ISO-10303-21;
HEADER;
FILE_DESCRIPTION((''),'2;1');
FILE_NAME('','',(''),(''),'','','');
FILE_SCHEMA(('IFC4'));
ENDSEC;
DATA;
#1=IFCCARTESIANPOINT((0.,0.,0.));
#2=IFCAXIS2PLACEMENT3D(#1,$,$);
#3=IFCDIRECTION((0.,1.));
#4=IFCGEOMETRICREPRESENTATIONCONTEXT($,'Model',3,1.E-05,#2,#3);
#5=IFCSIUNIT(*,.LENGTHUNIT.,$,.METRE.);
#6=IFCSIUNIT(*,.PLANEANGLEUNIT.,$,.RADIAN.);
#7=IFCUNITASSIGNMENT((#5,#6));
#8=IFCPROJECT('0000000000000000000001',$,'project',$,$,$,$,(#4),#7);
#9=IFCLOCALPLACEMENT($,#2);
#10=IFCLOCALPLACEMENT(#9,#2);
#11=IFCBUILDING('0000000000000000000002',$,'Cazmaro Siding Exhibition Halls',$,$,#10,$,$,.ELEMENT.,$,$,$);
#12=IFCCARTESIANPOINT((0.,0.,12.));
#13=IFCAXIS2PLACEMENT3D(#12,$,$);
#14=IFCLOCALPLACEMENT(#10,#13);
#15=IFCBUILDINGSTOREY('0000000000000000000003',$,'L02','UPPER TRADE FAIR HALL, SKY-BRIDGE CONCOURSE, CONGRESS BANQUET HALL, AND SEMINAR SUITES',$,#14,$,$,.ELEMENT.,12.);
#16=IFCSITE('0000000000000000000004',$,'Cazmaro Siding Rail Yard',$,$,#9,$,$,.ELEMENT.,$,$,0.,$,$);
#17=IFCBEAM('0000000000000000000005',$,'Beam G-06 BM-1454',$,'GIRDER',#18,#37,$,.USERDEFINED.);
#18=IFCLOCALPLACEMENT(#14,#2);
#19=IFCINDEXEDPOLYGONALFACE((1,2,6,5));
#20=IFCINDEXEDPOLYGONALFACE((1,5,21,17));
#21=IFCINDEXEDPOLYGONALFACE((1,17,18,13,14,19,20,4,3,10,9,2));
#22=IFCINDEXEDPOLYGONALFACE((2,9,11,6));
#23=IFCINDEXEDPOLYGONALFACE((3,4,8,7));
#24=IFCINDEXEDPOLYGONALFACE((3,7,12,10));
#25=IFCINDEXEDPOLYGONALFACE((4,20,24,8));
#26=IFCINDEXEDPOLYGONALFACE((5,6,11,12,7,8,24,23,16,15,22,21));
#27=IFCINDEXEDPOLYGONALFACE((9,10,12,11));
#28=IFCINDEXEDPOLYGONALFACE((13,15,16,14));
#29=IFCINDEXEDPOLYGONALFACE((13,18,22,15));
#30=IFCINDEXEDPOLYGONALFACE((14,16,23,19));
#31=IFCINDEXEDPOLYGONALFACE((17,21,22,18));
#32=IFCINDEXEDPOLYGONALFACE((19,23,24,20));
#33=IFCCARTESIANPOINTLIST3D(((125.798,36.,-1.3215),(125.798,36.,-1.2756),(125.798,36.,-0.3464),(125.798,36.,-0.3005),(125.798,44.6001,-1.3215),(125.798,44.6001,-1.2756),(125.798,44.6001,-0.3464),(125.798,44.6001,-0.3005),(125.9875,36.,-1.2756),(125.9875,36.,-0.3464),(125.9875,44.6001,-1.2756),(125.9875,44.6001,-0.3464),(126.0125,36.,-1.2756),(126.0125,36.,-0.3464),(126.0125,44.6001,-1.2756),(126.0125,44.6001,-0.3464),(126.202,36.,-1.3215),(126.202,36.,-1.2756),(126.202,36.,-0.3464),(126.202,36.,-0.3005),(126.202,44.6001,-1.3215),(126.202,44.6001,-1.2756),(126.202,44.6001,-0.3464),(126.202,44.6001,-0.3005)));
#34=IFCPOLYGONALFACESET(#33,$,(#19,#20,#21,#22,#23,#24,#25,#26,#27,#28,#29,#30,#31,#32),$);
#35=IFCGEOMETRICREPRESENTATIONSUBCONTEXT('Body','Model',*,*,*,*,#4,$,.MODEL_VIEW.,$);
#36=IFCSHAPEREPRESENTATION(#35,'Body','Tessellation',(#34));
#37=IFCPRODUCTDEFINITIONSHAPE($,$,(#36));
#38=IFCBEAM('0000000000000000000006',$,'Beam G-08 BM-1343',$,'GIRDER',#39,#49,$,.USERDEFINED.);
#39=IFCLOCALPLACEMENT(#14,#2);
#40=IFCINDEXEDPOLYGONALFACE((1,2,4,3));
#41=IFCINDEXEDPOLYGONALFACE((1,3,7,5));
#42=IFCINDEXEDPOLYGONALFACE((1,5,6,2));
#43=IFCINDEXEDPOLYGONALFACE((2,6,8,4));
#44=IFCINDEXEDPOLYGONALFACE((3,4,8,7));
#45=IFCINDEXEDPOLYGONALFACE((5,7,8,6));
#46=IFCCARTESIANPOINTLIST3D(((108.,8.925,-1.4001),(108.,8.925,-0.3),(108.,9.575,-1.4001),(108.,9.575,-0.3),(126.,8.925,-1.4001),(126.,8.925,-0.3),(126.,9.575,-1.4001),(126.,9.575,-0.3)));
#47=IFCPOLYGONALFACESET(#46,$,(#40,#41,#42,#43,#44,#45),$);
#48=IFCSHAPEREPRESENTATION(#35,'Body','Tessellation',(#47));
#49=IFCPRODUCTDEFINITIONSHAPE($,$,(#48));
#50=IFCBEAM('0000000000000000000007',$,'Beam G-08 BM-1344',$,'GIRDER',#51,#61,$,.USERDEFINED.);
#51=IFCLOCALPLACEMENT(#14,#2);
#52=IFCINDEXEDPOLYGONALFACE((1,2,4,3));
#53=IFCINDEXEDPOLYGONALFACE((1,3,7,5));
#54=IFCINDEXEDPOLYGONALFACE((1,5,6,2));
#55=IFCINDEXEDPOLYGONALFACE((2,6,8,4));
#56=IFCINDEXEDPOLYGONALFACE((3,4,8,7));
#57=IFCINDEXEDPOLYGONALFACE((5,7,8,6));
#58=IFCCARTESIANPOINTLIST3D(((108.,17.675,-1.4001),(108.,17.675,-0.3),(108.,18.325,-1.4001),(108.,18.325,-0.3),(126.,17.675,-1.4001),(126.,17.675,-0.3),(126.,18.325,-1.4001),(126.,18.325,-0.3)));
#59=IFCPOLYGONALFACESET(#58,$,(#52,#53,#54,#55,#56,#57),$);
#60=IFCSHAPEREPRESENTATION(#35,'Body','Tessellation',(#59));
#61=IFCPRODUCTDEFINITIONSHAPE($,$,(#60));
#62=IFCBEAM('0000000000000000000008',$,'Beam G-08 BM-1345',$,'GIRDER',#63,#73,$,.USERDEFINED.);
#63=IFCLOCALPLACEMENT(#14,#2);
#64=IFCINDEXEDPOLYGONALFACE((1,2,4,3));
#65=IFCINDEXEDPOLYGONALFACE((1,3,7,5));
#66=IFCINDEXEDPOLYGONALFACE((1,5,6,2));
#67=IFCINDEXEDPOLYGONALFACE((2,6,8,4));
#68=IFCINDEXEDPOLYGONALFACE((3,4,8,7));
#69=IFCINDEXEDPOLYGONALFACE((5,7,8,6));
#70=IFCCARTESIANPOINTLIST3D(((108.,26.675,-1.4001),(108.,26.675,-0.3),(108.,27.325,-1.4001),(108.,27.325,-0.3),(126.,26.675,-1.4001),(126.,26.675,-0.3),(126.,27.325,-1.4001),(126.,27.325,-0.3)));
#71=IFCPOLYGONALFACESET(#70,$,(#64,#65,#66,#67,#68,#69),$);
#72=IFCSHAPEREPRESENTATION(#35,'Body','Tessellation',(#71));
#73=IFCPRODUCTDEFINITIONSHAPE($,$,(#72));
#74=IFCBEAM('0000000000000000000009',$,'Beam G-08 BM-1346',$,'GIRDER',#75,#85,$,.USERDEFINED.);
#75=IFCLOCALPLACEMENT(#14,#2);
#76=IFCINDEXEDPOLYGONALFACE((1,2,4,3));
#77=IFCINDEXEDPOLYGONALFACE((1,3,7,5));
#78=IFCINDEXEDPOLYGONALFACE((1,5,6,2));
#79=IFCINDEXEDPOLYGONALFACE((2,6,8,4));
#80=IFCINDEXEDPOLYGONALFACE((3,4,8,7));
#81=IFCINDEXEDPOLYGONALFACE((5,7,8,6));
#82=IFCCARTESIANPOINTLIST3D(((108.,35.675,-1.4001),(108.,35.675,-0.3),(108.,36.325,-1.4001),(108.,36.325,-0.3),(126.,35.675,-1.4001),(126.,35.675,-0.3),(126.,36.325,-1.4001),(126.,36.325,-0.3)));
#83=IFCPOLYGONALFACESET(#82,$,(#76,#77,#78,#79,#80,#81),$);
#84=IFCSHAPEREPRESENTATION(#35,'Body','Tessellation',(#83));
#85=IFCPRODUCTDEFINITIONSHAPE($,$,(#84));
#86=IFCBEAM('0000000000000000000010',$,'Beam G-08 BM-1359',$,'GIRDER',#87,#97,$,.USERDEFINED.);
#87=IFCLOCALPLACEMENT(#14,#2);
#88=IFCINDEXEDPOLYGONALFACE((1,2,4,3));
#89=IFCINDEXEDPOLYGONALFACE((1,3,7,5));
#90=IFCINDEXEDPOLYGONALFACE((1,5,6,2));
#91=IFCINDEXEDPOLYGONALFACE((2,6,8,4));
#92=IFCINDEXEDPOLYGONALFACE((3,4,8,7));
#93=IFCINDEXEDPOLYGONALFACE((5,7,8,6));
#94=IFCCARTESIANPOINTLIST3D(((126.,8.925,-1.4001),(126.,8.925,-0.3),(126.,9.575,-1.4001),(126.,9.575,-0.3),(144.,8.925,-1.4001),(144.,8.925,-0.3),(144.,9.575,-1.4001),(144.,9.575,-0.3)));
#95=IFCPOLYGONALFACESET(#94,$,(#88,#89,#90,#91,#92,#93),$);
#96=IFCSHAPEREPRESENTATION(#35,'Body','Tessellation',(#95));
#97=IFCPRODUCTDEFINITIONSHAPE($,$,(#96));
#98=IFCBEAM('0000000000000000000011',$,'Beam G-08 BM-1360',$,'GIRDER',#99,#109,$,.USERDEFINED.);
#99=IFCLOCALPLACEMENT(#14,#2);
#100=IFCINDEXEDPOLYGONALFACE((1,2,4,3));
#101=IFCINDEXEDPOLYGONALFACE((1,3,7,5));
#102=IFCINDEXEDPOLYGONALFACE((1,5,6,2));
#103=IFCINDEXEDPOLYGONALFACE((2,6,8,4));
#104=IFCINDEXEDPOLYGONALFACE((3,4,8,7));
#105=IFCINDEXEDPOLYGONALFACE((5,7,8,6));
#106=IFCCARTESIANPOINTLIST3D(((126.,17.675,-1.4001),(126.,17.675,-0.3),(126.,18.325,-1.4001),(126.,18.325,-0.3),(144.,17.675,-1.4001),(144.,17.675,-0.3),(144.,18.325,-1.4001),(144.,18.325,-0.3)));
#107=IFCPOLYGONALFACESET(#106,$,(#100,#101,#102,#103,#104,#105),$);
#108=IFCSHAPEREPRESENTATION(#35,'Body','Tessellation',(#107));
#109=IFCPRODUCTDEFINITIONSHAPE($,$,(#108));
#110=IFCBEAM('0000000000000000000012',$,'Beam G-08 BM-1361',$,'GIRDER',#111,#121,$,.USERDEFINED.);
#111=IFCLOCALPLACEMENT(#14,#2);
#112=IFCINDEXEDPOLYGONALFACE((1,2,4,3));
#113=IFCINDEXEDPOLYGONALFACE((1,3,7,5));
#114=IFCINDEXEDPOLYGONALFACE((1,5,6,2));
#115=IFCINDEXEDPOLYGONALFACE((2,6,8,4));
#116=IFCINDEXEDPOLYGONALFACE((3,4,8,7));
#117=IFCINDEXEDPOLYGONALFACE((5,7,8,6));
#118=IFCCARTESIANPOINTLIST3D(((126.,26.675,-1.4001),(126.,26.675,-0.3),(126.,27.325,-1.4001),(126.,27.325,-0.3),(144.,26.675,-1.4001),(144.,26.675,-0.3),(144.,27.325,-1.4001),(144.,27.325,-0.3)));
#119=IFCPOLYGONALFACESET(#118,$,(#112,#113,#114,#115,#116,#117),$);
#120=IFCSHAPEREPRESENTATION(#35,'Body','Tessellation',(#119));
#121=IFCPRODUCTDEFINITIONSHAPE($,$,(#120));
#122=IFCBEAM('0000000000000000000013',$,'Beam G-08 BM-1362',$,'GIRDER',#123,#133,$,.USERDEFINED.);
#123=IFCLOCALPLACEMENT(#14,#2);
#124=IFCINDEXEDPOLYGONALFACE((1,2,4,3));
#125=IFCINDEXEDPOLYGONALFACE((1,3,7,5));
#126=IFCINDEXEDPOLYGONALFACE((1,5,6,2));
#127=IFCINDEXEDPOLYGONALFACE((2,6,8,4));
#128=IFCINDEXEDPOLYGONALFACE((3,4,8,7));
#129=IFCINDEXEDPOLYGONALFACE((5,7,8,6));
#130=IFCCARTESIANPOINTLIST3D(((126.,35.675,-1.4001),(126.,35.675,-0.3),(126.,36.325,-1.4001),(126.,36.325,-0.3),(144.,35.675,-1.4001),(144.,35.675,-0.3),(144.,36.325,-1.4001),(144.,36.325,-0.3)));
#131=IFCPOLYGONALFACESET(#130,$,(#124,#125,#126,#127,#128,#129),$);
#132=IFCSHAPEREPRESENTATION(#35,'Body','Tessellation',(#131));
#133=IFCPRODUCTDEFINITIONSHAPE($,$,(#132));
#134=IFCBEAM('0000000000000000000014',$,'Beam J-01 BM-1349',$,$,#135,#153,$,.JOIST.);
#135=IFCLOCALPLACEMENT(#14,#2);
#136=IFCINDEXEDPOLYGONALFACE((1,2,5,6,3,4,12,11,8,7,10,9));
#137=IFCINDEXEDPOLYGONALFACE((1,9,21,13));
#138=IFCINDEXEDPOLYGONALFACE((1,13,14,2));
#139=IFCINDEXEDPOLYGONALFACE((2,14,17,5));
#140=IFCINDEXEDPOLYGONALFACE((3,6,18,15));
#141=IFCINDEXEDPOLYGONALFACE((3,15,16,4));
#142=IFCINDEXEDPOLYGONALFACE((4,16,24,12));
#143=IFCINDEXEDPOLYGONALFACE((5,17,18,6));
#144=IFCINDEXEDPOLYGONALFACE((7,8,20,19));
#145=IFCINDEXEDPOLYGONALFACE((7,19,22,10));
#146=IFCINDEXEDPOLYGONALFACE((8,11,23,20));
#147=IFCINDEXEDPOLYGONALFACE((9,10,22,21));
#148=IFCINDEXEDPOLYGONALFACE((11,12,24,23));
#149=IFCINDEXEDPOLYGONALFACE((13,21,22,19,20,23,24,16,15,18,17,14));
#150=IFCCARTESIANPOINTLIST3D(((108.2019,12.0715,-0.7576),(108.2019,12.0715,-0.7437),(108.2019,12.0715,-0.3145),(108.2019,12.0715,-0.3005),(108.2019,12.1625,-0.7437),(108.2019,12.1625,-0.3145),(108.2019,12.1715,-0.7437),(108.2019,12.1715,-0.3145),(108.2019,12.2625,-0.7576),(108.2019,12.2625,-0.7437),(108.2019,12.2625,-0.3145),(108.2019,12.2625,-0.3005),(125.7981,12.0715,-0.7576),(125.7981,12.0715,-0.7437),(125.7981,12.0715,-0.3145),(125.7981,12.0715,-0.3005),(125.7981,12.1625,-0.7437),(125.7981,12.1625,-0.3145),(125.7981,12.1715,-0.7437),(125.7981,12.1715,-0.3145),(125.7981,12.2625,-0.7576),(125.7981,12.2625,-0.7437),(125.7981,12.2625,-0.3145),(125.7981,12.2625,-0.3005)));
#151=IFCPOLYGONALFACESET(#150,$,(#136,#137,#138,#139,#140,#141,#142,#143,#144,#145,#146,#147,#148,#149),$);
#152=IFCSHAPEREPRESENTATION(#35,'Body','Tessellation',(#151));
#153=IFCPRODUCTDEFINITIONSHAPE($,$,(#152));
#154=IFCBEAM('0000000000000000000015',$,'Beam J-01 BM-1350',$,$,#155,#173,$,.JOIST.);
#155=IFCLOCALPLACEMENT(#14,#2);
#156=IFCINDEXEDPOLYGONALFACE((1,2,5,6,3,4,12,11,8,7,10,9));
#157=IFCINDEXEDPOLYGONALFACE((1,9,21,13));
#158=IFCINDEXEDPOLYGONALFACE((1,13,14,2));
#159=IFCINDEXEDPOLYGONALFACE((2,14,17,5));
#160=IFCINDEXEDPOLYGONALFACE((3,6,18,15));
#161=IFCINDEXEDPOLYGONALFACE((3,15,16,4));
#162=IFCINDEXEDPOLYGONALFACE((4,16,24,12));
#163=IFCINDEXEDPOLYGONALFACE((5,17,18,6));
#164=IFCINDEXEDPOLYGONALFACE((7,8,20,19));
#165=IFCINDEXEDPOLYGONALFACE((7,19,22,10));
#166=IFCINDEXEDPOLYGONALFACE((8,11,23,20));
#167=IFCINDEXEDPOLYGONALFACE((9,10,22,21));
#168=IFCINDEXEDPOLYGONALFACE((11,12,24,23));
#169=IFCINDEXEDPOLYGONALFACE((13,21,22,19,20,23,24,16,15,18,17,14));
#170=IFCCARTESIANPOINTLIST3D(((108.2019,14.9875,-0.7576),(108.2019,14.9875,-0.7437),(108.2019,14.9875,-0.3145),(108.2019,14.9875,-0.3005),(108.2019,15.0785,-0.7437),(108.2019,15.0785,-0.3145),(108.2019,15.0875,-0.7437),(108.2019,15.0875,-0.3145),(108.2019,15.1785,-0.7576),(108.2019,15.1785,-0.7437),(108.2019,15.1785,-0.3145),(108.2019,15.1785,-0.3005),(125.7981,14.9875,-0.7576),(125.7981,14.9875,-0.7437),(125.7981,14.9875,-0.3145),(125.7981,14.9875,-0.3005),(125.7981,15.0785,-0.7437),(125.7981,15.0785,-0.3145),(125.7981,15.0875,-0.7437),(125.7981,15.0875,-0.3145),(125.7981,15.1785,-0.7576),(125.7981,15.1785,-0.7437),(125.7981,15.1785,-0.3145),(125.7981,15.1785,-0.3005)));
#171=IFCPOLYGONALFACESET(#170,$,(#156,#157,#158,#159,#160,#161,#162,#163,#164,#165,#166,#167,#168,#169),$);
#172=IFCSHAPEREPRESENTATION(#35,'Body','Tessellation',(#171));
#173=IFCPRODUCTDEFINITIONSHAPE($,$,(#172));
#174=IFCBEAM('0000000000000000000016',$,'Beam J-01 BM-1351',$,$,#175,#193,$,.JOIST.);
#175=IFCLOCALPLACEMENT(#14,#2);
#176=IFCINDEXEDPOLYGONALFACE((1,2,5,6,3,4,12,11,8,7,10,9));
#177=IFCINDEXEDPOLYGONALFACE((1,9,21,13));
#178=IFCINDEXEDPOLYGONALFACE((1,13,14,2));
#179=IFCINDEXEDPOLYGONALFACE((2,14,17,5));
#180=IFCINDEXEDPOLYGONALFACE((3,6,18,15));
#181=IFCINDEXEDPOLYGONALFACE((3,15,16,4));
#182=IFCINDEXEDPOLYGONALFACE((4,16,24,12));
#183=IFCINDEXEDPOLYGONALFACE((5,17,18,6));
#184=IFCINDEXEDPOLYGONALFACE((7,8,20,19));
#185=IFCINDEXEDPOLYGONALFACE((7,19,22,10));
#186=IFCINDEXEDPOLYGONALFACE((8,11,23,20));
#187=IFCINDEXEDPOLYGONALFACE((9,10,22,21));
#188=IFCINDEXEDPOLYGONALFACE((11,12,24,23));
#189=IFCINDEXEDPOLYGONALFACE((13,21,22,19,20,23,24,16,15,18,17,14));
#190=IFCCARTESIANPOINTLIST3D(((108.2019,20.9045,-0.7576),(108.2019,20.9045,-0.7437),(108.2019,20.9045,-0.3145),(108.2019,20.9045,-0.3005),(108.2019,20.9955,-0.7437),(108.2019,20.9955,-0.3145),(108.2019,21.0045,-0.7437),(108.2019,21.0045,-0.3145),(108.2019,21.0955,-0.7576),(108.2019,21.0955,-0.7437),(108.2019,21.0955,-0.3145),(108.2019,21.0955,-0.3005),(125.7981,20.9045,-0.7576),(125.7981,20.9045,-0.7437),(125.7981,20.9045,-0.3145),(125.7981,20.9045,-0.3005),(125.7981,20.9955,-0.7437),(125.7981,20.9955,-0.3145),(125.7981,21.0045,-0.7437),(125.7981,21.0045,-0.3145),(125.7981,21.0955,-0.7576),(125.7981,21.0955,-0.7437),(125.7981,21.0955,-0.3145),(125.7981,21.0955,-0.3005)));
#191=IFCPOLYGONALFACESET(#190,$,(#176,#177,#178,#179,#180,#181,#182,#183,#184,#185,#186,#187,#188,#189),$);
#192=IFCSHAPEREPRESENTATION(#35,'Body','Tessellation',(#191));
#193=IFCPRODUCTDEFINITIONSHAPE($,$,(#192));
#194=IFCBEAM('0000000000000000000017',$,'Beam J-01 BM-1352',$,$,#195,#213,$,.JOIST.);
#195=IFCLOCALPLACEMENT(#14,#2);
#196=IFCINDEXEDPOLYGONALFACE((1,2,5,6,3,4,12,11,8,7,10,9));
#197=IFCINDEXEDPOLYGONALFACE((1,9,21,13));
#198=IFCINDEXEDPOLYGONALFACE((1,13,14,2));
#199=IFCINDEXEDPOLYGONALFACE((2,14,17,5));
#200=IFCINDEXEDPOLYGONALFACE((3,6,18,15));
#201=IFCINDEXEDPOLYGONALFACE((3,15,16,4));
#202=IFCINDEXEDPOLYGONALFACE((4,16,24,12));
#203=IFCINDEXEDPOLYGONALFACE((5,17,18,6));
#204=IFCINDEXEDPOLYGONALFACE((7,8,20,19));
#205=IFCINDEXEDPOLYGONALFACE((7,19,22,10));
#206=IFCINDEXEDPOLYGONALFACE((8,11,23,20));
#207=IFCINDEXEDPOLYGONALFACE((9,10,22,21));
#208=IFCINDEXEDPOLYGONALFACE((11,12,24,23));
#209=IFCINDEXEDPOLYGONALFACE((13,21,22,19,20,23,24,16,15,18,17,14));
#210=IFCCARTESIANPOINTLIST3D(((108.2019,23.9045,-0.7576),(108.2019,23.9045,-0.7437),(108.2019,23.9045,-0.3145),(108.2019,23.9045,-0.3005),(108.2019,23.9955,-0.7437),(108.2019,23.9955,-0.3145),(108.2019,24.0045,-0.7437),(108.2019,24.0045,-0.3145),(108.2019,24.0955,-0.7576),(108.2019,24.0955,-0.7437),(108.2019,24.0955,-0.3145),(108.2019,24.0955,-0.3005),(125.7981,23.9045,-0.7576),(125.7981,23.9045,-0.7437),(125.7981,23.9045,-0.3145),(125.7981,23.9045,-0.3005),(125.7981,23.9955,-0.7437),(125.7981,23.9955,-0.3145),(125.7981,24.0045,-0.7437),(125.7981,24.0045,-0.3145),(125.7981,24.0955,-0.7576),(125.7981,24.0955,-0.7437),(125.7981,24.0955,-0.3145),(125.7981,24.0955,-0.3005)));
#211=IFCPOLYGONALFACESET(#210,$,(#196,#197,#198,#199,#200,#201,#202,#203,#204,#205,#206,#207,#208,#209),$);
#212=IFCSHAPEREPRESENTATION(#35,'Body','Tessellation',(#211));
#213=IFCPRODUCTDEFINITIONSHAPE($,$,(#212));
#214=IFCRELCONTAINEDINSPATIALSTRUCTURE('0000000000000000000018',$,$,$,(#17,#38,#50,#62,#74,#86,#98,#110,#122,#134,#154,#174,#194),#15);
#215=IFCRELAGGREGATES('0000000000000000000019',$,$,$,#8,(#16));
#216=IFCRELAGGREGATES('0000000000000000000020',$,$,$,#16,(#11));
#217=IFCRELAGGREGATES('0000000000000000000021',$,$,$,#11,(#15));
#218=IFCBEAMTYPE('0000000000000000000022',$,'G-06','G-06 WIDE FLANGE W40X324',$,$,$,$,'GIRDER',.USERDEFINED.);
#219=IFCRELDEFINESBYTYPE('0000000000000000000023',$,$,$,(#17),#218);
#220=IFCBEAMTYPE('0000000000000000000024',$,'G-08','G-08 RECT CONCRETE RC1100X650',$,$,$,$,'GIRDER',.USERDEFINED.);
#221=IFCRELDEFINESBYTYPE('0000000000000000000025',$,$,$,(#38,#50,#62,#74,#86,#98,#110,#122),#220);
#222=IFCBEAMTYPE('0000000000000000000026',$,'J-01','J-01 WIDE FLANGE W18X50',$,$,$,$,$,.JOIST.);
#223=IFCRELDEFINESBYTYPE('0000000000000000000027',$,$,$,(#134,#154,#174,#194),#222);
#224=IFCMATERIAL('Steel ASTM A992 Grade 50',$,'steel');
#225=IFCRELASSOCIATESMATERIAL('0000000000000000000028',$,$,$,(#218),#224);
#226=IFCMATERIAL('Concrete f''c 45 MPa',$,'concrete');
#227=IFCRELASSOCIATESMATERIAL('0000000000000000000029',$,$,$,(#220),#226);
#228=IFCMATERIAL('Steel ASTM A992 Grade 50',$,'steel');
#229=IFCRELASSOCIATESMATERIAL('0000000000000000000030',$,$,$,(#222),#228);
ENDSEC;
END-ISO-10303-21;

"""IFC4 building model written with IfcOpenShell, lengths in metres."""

from ifc_helpers import new_model, si_unit, direction, frame, origin, origin_2d, place, context, subcontext, project, spatial, rectangle, i_section, extrude, material, material_profile, profile_set, type_object, element, save


model = new_model("IFC4")

# Units and contexts
model_context = context("Model", 3, precision=1e-05, world=origin(), true_north=direction((0.0, 1.0)))
body_context = subcontext(model_context, "Body", "Model", "MODEL_VIEW")
ifc_project = project(units=[si_unit("LENGTHUNIT", "METRE"), si_unit("PLANEANGLEUNIT", "RADIAN")], contexts=[model_context])

# Site, building, storey
site_placement = place(None, origin())
site = spatial("IfcSite", under=ifc_project, at=site_placement, Name="Cazmaro Siding Rail Yard", CompositionType="ELEMENT", RefElevation=0.0)
building_placement = place(site_placement, origin())
building = spatial("IfcBuilding", under=site, at=building_placement, Name="Cazmaro Siding Exhibition Halls", CompositionType="ELEMENT")
storey_placement = place(building_placement, frame((0.0, 0.0, 12.0)))
storey = spatial("IfcBuildingStorey", under=building, at=storey_placement, Name="L02", Description="UPPER TRADE FAIR HALL, SKY-BRIDGE CONCOURSE, CONGRESS BANQUET HALL, AND SEMINAR SUITES", CompositionType="ELEMENT", Elevation=12.0)

# Beams
ifc_material_1 = material(Name="Steel ASTM A992 Grade 50", Category="steel")
ifc_material_profile_1 = material_profile(ifc_material_1, i_section(OverallWidth=0.4041, OverallDepth=1.021, WebThickness=0.0249, FlangeThickness=0.0459, at=origin_2d()), Name="W40X324")
ifc_profile_set_1 = profile_set([ifc_material_profile_1], Name="Steel ASTM A992 Grade 50")
beam_type_1 = type_object("IfcBeamType", Name="G-06", Description="G-06 WIDE FLANGE W40X324", ElementType="GIRDER", PredefinedType="USERDEFINED", material=ifc_profile_set_1)
beam_1_placement = place(storey_placement, frame((126.0, 36.0, -0.811), z_axis=(0.0, 1.0, 0.0), x_axis=(-1.0, 0.0, 0.0)))
element("IfcBeam", 1, at=beam_1_placement, inside=storey, type_object=beam_type_1, Name="Beam G-06 BM-1454", ObjectType="GIRDER", PredefinedType="USERDEFINED", context=body_context, shape_type="SweptSolid", body=[
    extrude(i_section(OverallWidth=0.4041, OverallDepth=1.021, WebThickness=0.0249, FlangeThickness=0.0459, at=origin_2d()), origin(), (0.0, 0.0, 1.0), 8.6001),
])
ifc_material_2 = material(Name="Concrete f'c 45 MPa", Category="concrete")
ifc_material_profile_2 = material_profile(ifc_material_2, rectangle(XDim=0.6499, YDim=1.1001, at=origin_2d()), Name="RC1100X650")
ifc_profile_set_2 = profile_set([ifc_material_profile_2], Name="Concrete f'c 45 MPa")
beam_type_2 = type_object("IfcBeamType", Name="G-08", Description="G-08 RECT CONCRETE RC1100X650", ElementType="GIRDER", PredefinedType="USERDEFINED", material=ifc_profile_set_2)
for number, where, z_axis, x_axis, name in (
    (2, (108.0, 9.25, -0.8501), (1.0, 0.0, 0.0), (0.0, 1.0, 0.0), "Beam G-08 BM-1343"),
    (3, (108.0, 18.0, -0.8501), (1.0, 0.0, 0.0), (0.0, 1.0, 0.0), "Beam G-08 BM-1344"),
    (4, (108.0, 27.0, -0.8501), (1.0, 0.0, 0.0), (0.0, 1.0, 0.0), "Beam G-08 BM-1345"),
    (5, (108.0, 36.0, -0.8501), (1.0, 0.0, 0.0), (0.0, 1.0, 0.0), "Beam G-08 BM-1346"),
    (6, (126.0, 9.25, -0.8501), (1.0, 0.0, 0.0), (0.0, 1.0, 0.0), "Beam G-08 BM-1359"),
    (7, (126.0, 18.0, -0.8501), (1.0, 0.0, 0.0), (0.0, 1.0, 0.0), "Beam G-08 BM-1360"),
    (8, (126.0, 27.0, -0.8501), (1.0, 0.0, 0.0), (0.0, 1.0, 0.0), "Beam G-08 BM-1361"),
    (9, (126.0, 36.0, -0.8501), (1.0, 0.0, 0.0), (0.0, 1.0, 0.0), "Beam G-08 BM-1362"),
):
    element("IfcBeam", number, at=place(storey_placement, frame(where, z_axis=z_axis, x_axis=x_axis)), inside=storey, type_object=beam_type_2, Name=name, ObjectType="GIRDER", PredefinedType="USERDEFINED", context=body_context, shape_type="SweptSolid", body=[
        extrude(rectangle(XDim=0.6499, YDim=1.1001, at=origin_2d()), origin(), (0.0, 0.0, 1.0), 18.0),
    ])
ifc_material_3 = material(Name="Steel ASTM A992 Grade 50", Category="steel")
ifc_material_profile_3 = material_profile(ifc_material_3, i_section(OverallWidth=0.1909, OverallDepth=0.457, WebThickness=0.009, FlangeThickness=0.0139, at=origin_2d()), Name="W18X50")
ifc_profile_set_3 = profile_set([ifc_material_profile_3], Name="Steel ASTM A992 Grade 50")
beam_type_3 = type_object("IfcBeamType", Name="J-01", Description="J-01 WIDE FLANGE W18X50", PredefinedType="JOIST", material=ifc_profile_set_3)
for number, where, z_axis, x_axis, name in (
    (10, (108.2019, 12.167, -0.5291), (1.0, 0.0, 0.0), (0.0, 1.0, 0.0), "Beam J-01 BM-1349"),
    (11, (108.2019, 15.083, -0.5291), (1.0, 0.0, 0.0), (0.0, 1.0, 0.0), "Beam J-01 BM-1350"),
    (12, (108.2019, 21.0, -0.5291), (1.0, 0.0, 0.0), (0.0, 1.0, 0.0), "Beam J-01 BM-1351"),
    (13, (108.2019, 24.0, -0.5291), (1.0, 0.0, 0.0), (0.0, 1.0, 0.0), "Beam J-01 BM-1352"),
):
    element("IfcBeam", number, at=place(storey_placement, frame(where, z_axis=z_axis, x_axis=x_axis)), inside=storey, type_object=beam_type_3, Name=name, PredefinedType="JOIST", context=body_context, shape_type="SweptSolid", body=[
        extrude(i_section(OverallWidth=0.1909, OverallDepth=0.457, WebThickness=0.009, FlangeThickness=0.0139, at=origin_2d()), origin(), (0.0, 0.0, 1.0), 17.5962),
    ])

save(model, "model.ifc")
